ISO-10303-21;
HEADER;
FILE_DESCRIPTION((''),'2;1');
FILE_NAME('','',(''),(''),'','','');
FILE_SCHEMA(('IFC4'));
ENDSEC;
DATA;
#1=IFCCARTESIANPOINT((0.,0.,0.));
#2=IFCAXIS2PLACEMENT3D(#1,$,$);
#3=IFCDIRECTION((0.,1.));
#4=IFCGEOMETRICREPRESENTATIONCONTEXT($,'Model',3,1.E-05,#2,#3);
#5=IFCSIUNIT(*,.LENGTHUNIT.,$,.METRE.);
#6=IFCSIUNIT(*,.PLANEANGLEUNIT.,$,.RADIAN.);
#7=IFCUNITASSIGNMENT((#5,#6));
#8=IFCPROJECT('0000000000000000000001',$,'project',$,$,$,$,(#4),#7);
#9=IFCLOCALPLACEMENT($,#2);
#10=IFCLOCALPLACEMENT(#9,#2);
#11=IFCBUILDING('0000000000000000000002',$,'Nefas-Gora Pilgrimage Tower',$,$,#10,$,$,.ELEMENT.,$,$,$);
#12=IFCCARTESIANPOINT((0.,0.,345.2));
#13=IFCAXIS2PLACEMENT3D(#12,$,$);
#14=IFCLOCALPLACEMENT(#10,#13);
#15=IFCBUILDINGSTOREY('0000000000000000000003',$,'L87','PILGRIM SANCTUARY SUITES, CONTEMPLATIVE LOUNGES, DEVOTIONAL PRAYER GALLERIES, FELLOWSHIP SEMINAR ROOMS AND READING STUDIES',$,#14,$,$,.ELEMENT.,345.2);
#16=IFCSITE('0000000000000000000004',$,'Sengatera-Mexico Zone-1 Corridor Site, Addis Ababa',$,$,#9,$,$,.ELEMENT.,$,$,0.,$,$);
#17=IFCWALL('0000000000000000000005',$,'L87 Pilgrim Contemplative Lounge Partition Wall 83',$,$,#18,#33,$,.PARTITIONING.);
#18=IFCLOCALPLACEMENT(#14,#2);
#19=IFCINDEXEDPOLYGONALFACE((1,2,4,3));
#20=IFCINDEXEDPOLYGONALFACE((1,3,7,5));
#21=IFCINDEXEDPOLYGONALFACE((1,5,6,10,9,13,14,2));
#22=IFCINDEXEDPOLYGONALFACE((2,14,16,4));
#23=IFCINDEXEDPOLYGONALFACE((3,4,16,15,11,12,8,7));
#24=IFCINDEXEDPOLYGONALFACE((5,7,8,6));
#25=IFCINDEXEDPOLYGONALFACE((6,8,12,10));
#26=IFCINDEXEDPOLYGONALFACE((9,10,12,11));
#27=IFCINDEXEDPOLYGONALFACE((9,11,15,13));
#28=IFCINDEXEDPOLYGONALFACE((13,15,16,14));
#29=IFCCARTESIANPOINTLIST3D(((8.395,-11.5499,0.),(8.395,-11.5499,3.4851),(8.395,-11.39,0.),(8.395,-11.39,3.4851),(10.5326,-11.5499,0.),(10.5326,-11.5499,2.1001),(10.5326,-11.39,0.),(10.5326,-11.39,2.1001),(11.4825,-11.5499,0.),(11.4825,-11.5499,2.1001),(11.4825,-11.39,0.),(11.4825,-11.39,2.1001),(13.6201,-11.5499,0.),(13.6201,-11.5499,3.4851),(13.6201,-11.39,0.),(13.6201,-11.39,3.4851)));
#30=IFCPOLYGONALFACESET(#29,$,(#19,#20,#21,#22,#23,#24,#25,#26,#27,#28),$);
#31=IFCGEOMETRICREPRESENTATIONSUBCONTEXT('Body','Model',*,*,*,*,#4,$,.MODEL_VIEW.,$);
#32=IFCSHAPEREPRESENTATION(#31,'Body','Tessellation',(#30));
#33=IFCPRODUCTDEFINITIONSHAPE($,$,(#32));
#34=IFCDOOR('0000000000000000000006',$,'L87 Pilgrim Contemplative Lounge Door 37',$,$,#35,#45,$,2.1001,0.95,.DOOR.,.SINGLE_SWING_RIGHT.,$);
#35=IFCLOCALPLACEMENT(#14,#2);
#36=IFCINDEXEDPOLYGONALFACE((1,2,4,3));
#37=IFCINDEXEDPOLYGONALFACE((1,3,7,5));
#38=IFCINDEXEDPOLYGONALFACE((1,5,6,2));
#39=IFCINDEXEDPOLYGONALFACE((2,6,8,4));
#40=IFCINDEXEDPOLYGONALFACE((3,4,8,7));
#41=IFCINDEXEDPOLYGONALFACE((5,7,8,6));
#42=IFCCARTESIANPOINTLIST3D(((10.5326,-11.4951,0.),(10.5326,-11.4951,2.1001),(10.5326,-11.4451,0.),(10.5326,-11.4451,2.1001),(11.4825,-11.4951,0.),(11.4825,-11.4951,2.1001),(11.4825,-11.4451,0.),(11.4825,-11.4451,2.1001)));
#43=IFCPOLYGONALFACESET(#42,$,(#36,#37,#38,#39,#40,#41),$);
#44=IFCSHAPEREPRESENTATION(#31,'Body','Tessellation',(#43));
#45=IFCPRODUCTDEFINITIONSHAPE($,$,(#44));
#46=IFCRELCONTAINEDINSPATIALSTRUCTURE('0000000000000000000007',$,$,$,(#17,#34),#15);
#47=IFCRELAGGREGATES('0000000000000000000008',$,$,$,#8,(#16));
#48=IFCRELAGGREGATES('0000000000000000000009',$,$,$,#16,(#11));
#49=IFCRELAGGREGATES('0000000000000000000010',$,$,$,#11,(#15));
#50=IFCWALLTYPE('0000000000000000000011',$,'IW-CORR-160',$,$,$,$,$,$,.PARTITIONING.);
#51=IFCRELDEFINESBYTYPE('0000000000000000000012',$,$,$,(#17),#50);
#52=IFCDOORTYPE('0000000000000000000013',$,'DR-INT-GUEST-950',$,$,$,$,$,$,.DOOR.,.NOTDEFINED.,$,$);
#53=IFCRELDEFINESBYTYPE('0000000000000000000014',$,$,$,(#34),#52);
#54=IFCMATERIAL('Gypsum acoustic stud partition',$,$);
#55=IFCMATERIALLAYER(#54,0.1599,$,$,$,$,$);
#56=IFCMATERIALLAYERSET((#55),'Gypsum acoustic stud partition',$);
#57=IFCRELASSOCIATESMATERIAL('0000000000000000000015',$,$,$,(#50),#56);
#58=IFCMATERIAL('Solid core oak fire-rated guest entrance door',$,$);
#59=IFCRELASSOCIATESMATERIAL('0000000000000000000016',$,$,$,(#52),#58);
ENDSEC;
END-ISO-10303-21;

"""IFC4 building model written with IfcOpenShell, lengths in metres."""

from ifc_helpers import new_model, si_unit, direction, frame, frame_2d, origin, place, context, subcontext, project, spatial, rectangle, extrude, source, transform, mapped, material, layer, layer_set, type_object, element, fill, save


model = new_model("IFC4")

# Units and contexts
model_context = context("Model", 3, precision=1e-05, world=origin(), true_north=direction((0.0, 1.0)))
body_context = subcontext(model_context, "Body", "Model", "MODEL_VIEW")
ifc_project = project(units=[si_unit("LENGTHUNIT", "METRE"), si_unit("PLANEANGLEUNIT", "RADIAN")], contexts=[model_context])

# Site, building, storey
site_placement = place(None, origin())
site = spatial("IfcSite", under=ifc_project, at=site_placement, Name="Sengatera-Mexico Zone-1 Corridor Site, Addis Ababa", CompositionType="ELEMENT", RefElevation=0.0)
building_placement = place(site_placement, origin())
building = spatial("IfcBuilding", under=site, at=building_placement, Name="Nefas-Gora Pilgrimage Tower", CompositionType="ELEMENT")
storey_placement = place(building_placement, frame((0.0, 0.0, 345.2)))
storey = spatial("IfcBuildingStorey", under=building, at=storey_placement, Name="L87", Description="PILGRIM SANCTUARY SUITES, CONTEMPLATIVE LOUNGES, DEVOTIONAL PRAYER GALLERIES, FELLOWSHIP SEMINAR ROOMS AND READING STUDIES", CompositionType="ELEMENT", Elevation=345.2)

# Shared definitions
ifc_material_1 = material(Name="Gypsum acoustic stud partition")
ifc_layer_1 = layer(ifc_material_1, 0.1599)
ifc_layer_set_1 = layer_set([ifc_layer_1], Name="Gypsum acoustic stud partition")
wall_type_1 = type_object("IfcWallType", Name="IW-CORR-160", PredefinedType="PARTITIONING", material=ifc_layer_set_1)

# Wall, opening, door
ifc_material_2 = material(Name="Solid core oak fire-rated guest entrance door")
door_type_1 = type_object("IfcDoorType", Name="DR-INT-GUEST-950", OperationType="NOTDEFINED", PredefinedType="DOOR", material=ifc_material_2)
shared_shape_1 = source(origin(), body_context, "Body", "SweptSolid", [
    extrude(rectangle(XDim=0.95, YDim=2.1001, at=frame_2d((0.4751, 1.05))), frame((0.0, 0.0249, 0.0), z_axis=(0.0, -1.0, 0.0), x_axis=(1.0, 0.0, 0.0)), (0.0, 0.0, 1.0), 0.05),
])
shared_shape_2 = source(origin(), body_context, "Body", "SweptSolid", [
    extrude(rectangle(XDim=5.2251, YDim=0.1599, at=frame_2d((2.6125, 0.0))), origin(), (0.0, 0.0, 1.0), 3.4851),
])
wall_1_placement = place(storey_placement, frame((8.395, -11.47, 0.0), z_axis=(0.0, 0.0, 1.0), x_axis=(1.0, 0.0, 0.0)))
wall_1 = element("IfcWall", 1, at=wall_1_placement, inside=storey, type_object=wall_type_1, Name="L87 Pilgrim Contemplative Lounge Partition Wall 83", PredefinedType="PARTITIONING", context=body_context, shape_type="MappedRepresentation", body=[
    mapped(shared_shape_2, transform((0.0, 0.0, 0.0), x_axis=(1.0, 0.0, 0.0), y_axis=(0.0, 1.0, 0.0), z_axis=(0.0, 0.0, 1.0), scale=1.0)),
])
opening_1_placement = place(wall_1_placement, frame((2.1375, 0.0, 0.0)))
opening_1 = element("IfcOpeningElement", 2, at=opening_1_placement, cuts=wall_1, PredefinedType="OPENING", context=body_context, shape_type="SweptSolid", body=[
    extrude(rectangle(XDim=0.95, YDim=2.1001, at=frame_2d((0.4751, 1.05))), frame((0.0, 0.0898, 0.0), z_axis=(0.0, -1.0, 0.0), x_axis=(1.0, 0.0, 0.0)), (0.0, 0.0, 1.0), 0.1799),
])
door_1_placement = place(opening_1_placement, origin())
door_1 = element("IfcDoor", 3, at=door_1_placement, inside=storey, type_object=door_type_1, Name="L87 Pilgrim Contemplative Lounge Door 37", OperationType="SINGLE_SWING_RIGHT", OverallHeight=2.1001, OverallWidth=0.95, PredefinedType="DOOR", context=body_context, shape_type="MappedRepresentation", body=[
    mapped(shared_shape_1, transform((0.0, 0.0, 0.0), x_axis=(1.0, 0.0, 0.0), y_axis=(0.0, 1.0, 0.0), z_axis=(0.0, 0.0, 1.0), scale=1.0)),
])
fill(opening_1, door_1)

save(model, "model.ifc")
